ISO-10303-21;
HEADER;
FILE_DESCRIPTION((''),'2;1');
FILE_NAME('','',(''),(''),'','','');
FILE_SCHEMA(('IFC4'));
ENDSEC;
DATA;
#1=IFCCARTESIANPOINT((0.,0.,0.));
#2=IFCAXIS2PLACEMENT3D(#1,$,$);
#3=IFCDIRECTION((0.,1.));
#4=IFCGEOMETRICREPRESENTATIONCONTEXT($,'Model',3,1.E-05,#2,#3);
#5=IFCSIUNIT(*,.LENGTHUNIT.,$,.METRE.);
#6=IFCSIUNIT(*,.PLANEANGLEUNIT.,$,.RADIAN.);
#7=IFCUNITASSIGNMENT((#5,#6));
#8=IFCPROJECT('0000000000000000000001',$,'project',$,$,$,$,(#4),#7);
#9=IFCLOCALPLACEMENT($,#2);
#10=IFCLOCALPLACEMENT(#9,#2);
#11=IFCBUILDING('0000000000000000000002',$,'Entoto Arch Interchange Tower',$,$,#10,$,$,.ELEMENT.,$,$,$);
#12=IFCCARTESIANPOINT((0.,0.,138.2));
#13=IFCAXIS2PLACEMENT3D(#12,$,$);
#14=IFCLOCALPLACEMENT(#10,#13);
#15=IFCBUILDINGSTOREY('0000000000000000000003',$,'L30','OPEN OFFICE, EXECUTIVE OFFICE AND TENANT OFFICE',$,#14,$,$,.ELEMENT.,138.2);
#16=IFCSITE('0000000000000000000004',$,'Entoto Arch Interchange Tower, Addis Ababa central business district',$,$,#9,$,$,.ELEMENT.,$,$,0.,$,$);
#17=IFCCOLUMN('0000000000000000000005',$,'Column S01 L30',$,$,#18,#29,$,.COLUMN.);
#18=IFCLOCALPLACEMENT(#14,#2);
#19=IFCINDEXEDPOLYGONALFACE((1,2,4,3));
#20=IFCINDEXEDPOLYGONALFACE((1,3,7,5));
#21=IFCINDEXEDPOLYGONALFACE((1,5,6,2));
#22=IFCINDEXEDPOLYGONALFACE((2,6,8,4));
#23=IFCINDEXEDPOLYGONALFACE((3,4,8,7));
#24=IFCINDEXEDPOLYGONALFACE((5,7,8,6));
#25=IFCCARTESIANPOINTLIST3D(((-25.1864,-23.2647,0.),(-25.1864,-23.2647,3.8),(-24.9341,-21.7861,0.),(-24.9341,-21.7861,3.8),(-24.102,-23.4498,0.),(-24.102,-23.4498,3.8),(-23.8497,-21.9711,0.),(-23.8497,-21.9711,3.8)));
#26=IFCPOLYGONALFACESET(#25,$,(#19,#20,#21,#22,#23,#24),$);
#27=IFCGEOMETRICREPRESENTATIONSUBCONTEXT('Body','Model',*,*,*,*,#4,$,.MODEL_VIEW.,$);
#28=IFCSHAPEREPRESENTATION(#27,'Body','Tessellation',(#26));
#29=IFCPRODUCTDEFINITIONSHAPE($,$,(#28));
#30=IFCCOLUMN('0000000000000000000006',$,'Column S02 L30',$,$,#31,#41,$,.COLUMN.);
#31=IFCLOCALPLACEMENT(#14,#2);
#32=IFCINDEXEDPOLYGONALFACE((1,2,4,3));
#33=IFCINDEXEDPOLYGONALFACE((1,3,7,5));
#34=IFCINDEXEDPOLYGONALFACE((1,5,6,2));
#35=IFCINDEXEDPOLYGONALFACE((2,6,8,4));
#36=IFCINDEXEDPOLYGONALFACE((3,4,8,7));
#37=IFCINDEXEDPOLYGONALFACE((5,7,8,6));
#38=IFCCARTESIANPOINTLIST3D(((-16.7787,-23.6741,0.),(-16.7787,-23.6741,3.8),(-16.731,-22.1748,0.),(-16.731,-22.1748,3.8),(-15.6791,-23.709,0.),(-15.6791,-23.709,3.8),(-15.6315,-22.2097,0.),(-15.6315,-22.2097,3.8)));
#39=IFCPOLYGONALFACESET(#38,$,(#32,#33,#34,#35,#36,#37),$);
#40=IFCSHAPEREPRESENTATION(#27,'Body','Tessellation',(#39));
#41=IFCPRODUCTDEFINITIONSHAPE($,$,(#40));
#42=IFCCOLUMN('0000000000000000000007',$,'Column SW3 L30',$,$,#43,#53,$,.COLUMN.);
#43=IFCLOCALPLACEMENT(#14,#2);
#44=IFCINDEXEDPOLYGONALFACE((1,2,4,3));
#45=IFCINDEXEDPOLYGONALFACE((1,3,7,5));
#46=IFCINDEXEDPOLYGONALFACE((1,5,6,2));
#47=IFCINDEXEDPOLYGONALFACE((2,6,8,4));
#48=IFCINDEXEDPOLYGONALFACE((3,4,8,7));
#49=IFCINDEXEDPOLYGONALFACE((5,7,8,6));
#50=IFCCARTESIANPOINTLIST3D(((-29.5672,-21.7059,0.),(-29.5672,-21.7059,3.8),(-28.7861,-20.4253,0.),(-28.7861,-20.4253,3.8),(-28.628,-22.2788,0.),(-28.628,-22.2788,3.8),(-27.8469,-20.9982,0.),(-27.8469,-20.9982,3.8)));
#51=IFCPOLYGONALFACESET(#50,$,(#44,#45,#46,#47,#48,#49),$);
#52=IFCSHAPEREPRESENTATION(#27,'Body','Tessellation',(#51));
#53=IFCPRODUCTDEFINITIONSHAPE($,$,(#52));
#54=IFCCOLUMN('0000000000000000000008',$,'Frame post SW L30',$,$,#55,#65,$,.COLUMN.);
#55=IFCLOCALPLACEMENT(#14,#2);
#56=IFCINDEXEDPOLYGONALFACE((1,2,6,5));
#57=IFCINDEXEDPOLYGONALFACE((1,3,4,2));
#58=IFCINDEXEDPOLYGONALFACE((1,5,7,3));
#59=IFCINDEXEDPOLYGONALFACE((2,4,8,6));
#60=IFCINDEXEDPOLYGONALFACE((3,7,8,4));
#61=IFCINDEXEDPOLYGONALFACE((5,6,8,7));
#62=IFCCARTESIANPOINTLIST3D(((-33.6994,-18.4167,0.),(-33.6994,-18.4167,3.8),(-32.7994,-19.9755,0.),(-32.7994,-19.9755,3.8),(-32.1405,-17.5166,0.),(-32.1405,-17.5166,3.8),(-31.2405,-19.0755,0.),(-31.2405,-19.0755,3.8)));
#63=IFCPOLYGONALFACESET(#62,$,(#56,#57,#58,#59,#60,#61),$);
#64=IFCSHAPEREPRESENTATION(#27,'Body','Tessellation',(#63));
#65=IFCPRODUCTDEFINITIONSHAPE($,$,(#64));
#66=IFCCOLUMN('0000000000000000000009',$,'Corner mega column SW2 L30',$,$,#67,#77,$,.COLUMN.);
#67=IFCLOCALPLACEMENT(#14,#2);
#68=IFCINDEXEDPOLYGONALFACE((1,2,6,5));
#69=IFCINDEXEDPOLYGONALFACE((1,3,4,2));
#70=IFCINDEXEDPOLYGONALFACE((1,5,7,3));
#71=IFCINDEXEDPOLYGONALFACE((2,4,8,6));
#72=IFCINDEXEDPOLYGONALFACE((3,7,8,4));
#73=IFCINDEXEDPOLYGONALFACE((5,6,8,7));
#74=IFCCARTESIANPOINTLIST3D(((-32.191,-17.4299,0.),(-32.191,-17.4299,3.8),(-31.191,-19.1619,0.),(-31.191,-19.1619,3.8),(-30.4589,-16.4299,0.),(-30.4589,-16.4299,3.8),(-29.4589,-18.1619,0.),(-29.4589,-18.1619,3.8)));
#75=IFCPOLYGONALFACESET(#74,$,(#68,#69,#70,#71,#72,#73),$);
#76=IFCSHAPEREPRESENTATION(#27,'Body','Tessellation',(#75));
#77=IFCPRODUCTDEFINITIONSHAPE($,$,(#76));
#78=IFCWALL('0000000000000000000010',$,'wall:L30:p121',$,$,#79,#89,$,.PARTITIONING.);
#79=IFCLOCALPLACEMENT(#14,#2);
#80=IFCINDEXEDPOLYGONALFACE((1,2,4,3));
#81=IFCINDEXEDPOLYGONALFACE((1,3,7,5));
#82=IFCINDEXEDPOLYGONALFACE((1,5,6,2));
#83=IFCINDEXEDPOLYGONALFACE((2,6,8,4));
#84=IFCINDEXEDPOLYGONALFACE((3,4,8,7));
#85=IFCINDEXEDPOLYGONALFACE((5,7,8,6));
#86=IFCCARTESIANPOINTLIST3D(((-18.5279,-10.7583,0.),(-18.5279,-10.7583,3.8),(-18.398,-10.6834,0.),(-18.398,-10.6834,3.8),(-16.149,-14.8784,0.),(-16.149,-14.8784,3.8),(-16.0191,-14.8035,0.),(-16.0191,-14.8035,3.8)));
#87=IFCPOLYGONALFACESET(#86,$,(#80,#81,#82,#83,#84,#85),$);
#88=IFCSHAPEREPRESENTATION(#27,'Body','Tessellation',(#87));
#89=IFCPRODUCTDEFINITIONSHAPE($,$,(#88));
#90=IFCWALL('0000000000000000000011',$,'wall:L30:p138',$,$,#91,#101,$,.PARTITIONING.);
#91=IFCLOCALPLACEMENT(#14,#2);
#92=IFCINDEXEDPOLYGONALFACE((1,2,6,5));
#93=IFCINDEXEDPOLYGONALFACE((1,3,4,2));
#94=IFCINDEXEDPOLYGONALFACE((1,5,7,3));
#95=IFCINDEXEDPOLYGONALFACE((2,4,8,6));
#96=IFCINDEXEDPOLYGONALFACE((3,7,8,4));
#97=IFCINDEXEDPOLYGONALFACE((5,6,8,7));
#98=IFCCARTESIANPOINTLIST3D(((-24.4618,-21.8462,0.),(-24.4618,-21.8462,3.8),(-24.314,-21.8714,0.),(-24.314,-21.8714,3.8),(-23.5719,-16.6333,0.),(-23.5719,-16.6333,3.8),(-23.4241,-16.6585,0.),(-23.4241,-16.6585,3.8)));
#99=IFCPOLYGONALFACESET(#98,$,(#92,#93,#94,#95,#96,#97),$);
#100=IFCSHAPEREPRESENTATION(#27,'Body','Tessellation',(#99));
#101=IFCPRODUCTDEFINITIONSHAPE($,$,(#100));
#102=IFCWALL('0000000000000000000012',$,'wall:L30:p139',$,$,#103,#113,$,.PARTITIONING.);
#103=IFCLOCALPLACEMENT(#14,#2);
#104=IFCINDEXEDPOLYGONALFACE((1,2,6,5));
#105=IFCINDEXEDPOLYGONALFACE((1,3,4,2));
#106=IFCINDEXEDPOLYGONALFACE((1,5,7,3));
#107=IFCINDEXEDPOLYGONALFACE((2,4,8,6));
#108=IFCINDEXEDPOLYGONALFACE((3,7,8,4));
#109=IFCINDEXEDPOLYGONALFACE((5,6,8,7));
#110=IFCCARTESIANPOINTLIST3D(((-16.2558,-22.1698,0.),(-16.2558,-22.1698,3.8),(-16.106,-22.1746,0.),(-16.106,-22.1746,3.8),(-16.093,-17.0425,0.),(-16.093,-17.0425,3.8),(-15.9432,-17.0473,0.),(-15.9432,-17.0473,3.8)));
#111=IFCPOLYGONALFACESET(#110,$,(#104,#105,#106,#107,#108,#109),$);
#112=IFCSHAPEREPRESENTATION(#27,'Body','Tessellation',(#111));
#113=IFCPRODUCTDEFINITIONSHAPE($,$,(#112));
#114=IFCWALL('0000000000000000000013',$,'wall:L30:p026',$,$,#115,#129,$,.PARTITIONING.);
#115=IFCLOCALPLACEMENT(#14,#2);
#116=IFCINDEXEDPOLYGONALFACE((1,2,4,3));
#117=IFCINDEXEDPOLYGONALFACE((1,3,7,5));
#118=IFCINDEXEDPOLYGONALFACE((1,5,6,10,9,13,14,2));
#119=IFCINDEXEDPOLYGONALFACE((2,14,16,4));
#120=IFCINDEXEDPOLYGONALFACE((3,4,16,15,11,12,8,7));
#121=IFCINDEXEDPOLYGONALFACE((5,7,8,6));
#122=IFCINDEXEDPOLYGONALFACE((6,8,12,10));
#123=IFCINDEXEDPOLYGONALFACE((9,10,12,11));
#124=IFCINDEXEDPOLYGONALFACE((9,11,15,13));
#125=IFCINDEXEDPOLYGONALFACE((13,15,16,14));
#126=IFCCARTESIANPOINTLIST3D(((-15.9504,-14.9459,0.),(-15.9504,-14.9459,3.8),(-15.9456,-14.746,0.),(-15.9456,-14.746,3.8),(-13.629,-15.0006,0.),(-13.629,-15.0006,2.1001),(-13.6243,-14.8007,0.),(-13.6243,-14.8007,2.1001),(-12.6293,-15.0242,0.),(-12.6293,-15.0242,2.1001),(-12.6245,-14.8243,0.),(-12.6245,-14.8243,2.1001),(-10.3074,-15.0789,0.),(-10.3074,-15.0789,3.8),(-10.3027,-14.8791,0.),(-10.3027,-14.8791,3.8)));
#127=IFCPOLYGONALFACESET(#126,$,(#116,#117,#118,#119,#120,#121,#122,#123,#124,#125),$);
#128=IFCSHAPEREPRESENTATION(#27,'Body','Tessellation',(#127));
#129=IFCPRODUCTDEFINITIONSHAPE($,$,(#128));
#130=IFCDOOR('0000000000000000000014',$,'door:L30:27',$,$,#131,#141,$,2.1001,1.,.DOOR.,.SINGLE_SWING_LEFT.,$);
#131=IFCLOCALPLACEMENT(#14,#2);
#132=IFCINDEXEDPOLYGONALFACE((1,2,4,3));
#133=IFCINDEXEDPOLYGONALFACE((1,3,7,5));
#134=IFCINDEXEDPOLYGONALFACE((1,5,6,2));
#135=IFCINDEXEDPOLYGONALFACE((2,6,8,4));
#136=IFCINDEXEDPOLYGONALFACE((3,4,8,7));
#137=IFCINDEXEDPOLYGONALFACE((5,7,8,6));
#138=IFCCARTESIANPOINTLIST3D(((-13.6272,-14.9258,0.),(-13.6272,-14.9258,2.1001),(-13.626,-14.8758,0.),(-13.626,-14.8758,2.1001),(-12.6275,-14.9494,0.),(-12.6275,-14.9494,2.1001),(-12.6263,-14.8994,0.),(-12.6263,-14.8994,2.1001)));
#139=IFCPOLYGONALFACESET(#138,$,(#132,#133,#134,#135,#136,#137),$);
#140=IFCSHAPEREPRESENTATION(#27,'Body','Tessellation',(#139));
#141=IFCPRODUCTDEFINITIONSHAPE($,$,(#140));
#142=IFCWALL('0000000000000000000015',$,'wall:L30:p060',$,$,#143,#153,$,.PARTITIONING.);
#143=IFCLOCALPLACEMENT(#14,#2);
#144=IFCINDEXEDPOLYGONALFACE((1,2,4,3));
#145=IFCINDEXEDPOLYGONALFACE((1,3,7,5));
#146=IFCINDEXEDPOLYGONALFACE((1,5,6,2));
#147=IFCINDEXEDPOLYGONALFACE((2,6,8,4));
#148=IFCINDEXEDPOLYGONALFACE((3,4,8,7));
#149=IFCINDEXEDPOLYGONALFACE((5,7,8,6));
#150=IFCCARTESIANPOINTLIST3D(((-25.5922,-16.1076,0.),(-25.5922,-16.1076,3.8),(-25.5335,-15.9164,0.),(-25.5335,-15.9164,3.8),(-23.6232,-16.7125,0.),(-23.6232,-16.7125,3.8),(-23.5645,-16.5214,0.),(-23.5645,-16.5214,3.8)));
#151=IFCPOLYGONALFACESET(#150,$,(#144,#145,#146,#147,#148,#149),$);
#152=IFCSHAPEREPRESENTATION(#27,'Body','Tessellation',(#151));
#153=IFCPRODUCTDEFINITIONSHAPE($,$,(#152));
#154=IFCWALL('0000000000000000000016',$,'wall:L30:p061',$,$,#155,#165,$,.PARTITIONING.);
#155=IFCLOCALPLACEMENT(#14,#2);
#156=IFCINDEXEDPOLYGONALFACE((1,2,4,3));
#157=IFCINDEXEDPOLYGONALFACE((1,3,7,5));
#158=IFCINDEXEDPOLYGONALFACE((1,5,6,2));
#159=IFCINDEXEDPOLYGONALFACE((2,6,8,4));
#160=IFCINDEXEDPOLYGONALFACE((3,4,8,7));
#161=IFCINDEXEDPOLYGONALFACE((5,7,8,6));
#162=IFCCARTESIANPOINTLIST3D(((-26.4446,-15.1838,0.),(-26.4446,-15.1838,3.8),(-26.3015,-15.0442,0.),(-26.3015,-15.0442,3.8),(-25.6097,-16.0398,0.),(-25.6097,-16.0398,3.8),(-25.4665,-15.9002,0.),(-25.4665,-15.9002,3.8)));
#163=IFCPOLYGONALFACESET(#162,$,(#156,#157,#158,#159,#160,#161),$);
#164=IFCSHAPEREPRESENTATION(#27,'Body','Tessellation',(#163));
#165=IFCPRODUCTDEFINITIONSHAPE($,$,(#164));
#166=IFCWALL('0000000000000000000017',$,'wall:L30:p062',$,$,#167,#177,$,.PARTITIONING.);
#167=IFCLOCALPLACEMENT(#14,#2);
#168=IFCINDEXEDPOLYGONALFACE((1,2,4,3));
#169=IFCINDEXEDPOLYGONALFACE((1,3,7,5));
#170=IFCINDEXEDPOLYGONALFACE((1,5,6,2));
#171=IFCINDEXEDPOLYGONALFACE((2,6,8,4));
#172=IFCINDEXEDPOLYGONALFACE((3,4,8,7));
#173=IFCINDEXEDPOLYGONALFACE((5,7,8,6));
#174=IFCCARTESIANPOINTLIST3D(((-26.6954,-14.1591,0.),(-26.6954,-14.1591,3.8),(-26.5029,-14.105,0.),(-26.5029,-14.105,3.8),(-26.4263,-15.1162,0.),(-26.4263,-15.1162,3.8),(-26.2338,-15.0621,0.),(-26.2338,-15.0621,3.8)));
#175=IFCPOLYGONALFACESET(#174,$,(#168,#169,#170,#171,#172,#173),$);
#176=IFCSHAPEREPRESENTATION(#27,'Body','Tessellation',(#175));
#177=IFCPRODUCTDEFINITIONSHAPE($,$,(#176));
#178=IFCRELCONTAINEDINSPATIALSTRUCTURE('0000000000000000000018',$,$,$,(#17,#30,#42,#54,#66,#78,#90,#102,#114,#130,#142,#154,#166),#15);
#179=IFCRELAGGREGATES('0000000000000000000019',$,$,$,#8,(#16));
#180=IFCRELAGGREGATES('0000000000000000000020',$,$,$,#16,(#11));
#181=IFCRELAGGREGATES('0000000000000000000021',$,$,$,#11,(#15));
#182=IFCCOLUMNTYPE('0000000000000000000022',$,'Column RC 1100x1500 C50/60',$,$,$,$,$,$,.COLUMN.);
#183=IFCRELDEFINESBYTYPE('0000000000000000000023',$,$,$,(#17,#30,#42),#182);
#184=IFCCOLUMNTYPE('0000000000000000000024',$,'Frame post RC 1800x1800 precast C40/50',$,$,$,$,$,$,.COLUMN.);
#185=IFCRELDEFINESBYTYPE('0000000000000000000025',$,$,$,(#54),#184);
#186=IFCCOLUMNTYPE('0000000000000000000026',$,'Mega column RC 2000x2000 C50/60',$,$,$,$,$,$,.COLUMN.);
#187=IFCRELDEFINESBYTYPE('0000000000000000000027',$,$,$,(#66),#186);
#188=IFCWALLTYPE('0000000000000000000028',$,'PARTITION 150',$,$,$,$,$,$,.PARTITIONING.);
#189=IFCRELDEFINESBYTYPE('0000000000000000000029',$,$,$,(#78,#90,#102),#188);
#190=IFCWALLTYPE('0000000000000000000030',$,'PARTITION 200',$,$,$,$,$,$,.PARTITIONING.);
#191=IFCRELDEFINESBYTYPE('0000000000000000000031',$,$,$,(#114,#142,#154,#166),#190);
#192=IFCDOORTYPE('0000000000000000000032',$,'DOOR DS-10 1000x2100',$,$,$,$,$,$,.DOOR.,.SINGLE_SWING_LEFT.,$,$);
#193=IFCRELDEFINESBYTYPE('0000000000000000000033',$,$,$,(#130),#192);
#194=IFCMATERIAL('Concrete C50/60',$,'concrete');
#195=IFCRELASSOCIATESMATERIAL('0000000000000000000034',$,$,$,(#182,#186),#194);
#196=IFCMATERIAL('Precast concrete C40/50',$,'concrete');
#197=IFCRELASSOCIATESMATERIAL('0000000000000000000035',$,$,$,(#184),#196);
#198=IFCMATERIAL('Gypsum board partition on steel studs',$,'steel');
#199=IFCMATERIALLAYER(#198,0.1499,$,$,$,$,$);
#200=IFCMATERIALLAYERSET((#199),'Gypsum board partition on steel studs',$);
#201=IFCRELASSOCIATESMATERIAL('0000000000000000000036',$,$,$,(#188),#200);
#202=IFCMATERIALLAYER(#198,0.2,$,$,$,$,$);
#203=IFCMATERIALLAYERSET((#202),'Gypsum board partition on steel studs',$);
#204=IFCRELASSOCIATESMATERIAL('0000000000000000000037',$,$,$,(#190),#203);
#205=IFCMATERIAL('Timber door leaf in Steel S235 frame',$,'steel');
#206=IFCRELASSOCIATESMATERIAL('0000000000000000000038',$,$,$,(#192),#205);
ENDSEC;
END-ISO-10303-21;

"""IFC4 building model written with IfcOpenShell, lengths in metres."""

from ifc_helpers import new_model, si_unit, direction, frame, frame_2d, origin, origin_2d, place, context, subcontext, project, spatial, rectangle, extrude, material, layer, layer_set, material_profile, profile_set, type_object, element, fill, save


model = new_model("IFC4")

# Units and contexts
model_context = context("Model", 3, precision=1e-05, world=origin(), true_north=direction((0.0, 1.0)))
body_context = subcontext(model_context, "Body", "Model", "MODEL_VIEW")
ifc_project = project(units=[si_unit("LENGTHUNIT", "METRE"), si_unit("PLANEANGLEUNIT", "RADIAN")], contexts=[model_context])

# Site, building, storey
site_placement = place(None, origin())
site = spatial("IfcSite", under=ifc_project, at=site_placement, Name="Entoto Arch Interchange Tower, Addis Ababa central business district", CompositionType="ELEMENT", RefElevation=0.0)
building_placement = place(site_placement, origin())
building = spatial("IfcBuilding", under=site, at=building_placement, Name="Entoto Arch Interchange Tower", CompositionType="ELEMENT")
storey_placement = place(building_placement, frame((0.0, 0.0, 138.2)))
storey = spatial("IfcBuildingStorey", under=building, at=storey_placement, Name="L30", Description="OPEN OFFICE, EXECUTIVE OFFICE AND TENANT OFFICE", CompositionType="ELEMENT", Elevation=138.2)

# Columns
ifc_material_1 = material(Name="Concrete C50/60", Category="concrete")
ifc_material_profile_1 = material_profile(ifc_material_1, rectangle(XDim=1.1001, YDim=1.5, at=origin_2d()))
ifc_profile_set_1 = profile_set([ifc_material_profile_1], Name="Concrete C50/60")
column_type_1 = type_object("IfcColumnType", Name="Column RC 1100x1500 C50/60", PredefinedType="COLUMN", material=ifc_profile_set_1)
for number, where, z_axis, x_axis, name in (
    (1, (-24.5181, -22.6179, 0.0), (0.0, 0.0, 1.0), (-0.985753, 0.168197, 0.0), "Column S01 L30"),
    (2, (-16.2051, -22.9419, 0.0), (0.0, 0.0, 1.0), (-0.999496, 0.031742, 0.0), "Column S02 L30"),
    (3, (-28.707, -21.3521, 0.0), (0.0, 0.0, 1.0), (-0.853714, 0.520741, 0.0), "Column SW3 L30"),
):
    element("IfcColumn", number, at=place(storey_placement, frame(where, z_axis=z_axis, x_axis=x_axis)), inside=storey, type_object=column_type_1, Name=name, PredefinedType="COLUMN", context=body_context, shape_type="SweptSolid", body=[
        extrude(rectangle(XDim=1.1001, YDim=1.5, at=origin_2d()), origin(), (0.0, 0.0, 1.0), 3.8),
    ])
ifc_material_2 = material(Name="Precast concrete C40/50", Category="concrete")
ifc_material_profile_2 = material_profile(ifc_material_2, rectangle(XDim=1.8, YDim=1.8, at=origin_2d()))
ifc_profile_set_2 = profile_set([ifc_material_profile_2], Name="Precast concrete C40/50")
column_type_2 = type_object("IfcColumnType", Name="Frame post RC 1800x1800 precast C40/50", PredefinedType="COLUMN", material=ifc_profile_set_2)
column_1_placement = place(storey_placement, frame((-32.47, -18.7461, 0.0), z_axis=(0.0, 0.0, 1.0), x_axis=(0.866025, 0.5, 0.0)))
element("IfcColumn", 4, at=column_1_placement, inside=storey, type_object=column_type_2, Name="Frame post SW L30", PredefinedType="COLUMN", context=body_context, shape_type="SweptSolid", body=[
    extrude(rectangle(XDim=1.8, YDim=1.8, at=origin_2d()), origin(), (0.0, 0.0, 1.0), 3.8),
])
ifc_material_profile_3 = material_profile(ifc_material_1, rectangle(XDim=2.0, YDim=2.0, at=origin_2d()))
ifc_profile_set_3 = profile_set([ifc_material_profile_3], Name="Concrete C50/60")
column_type_3 = type_object("IfcColumnType", Name="Mega column RC 2000x2000 C50/60", PredefinedType="COLUMN", material=ifc_profile_set_3)
column_2_placement = place(storey_placement, frame((-30.825, -17.7959, 0.0), z_axis=(0.0, 0.0, 1.0), x_axis=(0.866025, 0.5, 0.0)))
element("IfcColumn", 5, at=column_2_placement, inside=storey, type_object=column_type_3, Name="Corner mega column SW2 L30", PredefinedType="COLUMN", context=body_context, shape_type="SweptSolid", body=[
    extrude(rectangle(XDim=2.0, YDim=2.0, at=origin_2d()), origin(), (0.0, 0.0, 1.0), 3.8),
])

# Walls
ifc_material_3 = material(Name="Gypsum board partition on steel studs", Category="steel")
ifc_layer_1 = layer(ifc_material_3, 0.1499)
ifc_layer_set_1 = layer_set([ifc_layer_1], Name="Gypsum board partition on steel studs")
wall_type_1 = type_object("IfcWallType", Name="PARTITION 150", PredefinedType="PARTITIONING", material=ifc_layer_set_1)
wall_1_placement = place(storey_placement, frame((-16.084, -14.8411, 0.0), z_axis=(0.0, 0.0, 1.0), x_axis=(-0.500025, 0.866011, 0.0)))
element("IfcWall", 6, at=wall_1_placement, inside=storey, type_object=wall_type_1, Name="wall:L30:p121", PredefinedType="PARTITIONING", context=body_context, shape_type="SweptSolid", body=[
    extrude(rectangle(XDim=4.7576, YDim=0.1499, at=frame_2d((2.3789, 0.0))), origin(), (0.0, 0.0, 1.0), 3.8),
])
wall_2_placement = place(storey_placement, frame((-23.498, -16.646, 0.0), z_axis=(0.0, 0.0, 1.0), x_axis=(-0.168276, -0.98574, 0.0)))
element("IfcWall", 7, at=wall_2_placement, inside=storey, type_object=wall_type_1, Name="wall:L30:p138", PredefinedType="PARTITIONING", context=body_context, shape_type="SweptSolid", body=[
    extrude(rectangle(XDim=5.2883, YDim=0.1499, at=frame_2d((2.644, 0.0))), origin(), (0.0, 0.0, 1.0), 3.8),
])
wall_3_placement = place(storey_placement, frame((-16.0181, -17.0449, 0.0), z_axis=(0.0, 0.0, 1.0), x_axis=(-0.031744, -0.999496, 0.0)))
element("IfcWall", 8, at=wall_3_placement, inside=storey, type_object=wall_type_1, Name="wall:L30:p139", PredefinedType="PARTITIONING", context=body_context, shape_type="SweptSolid", body=[
    extrude(rectangle(XDim=5.1299, YDim=0.1499, at=frame_2d((2.5649, 0.0))), origin(), (0.0, 0.0, 1.0), 3.8),
])

# Wall, opening, door
ifc_layer_2 = layer(ifc_material_3, 0.2)
ifc_layer_set_2 = layer_set([ifc_layer_2], Name="Gypsum board partition on steel studs")
wall_type_2 = type_object("IfcWallType", Name="PARTITION 200", PredefinedType="PARTITIONING", material=ifc_layer_set_2)
wall_4_placement = place(storey_placement, frame((-15.948, -14.8459, 0.0), z_axis=(0.0, 0.0, 1.0), x_axis=(0.999722, -0.023572, 0.0)))
wall_4 = element("IfcWall", 9, at=wall_4_placement, inside=storey, type_object=wall_type_2, Name="wall:L30:p026", PredefinedType="PARTITIONING", context=body_context, shape_type="SweptSolid", body=[
    extrude(rectangle(XDim=5.6445, YDim=0.2, at=frame_2d((2.8223, 0.0))), origin(), (0.0, 0.0, 1.0), 3.8),
])
opening_1_placement = place(wall_4_placement, frame((2.322, 0.0, 0.0)))
opening_1 = element("IfcOpeningElement", 10, at=opening_1_placement, cuts=wall_4, PredefinedType="OPENING", context=body_context, shape_type="SweptSolid", body=[
    extrude(rectangle(XDim=1.0, YDim=2.1001, at=frame_2d((0.5, 1.05))), frame((0.0, 0.1099, 0.0), z_axis=(0.0, -1.0, 0.0), x_axis=(1.0, 0.0, 0.0)), (0.0, 0.0, 1.0), 0.22),
])
ifc_material_4 = material(Name="Timber door leaf in Steel S235 frame", Category="steel")
door_type = type_object("IfcDoorType", Name="DOOR DS-10 1000x2100", OperationType="SINGLE_SWING_LEFT", PredefinedType="DOOR", material=ifc_material_4)
door_placement = place(opening_1_placement, origin())
door = element("IfcDoor", 11, at=door_placement, inside=storey, type_object=door_type, Name="door:L30:27", OperationType="SINGLE_SWING_LEFT", OverallHeight=2.1001, OverallWidth=1.0, PredefinedType="DOOR", context=body_context, shape_type="SweptSolid", body=[
    extrude(rectangle(XDim=1.0, YDim=2.1001, at=frame_2d((0.5, 1.05))), frame((0.0, 0.0249, 0.0), z_axis=(0.0, -1.0, 0.0), x_axis=(1.0, 0.0, 0.0)), (0.0, 0.0, 1.0), 0.05),
])
fill(opening_1, door)

# Walls
wall_5_placement = place(storey_placement, frame((-23.594, -16.6169, 0.0), z_axis=(0.0, 0.0, 1.0), x_axis=(-0.955897, 0.293703, 0.0)))
element("IfcWall", 12, at=wall_5_placement, inside=storey, type_object=wall_type_2, Name="wall:L30:p060", PredefinedType="PARTITIONING", context=body_context, shape_type="SweptSolid", body=[
    extrude(rectangle(XDim=2.0598, YDim=0.2, at=frame_2d((1.0298, 0.0))), origin(), (0.0, 0.0, 1.0), 3.8),
])
wall_6_placement = place(storey_placement, frame((-25.5381, -15.97, 0.0), z_axis=(0.0, 0.0, 1.0), x_axis=(-0.698273, 0.715832, 0.0)))
element("IfcWall", 13, at=wall_6_placement, inside=storey, type_object=wall_type_2, Name="wall:L30:p061", PredefinedType="PARTITIONING", context=body_context, shape_type="SweptSolid", body=[
    extrude(rectangle(XDim=1.1958, YDim=0.2, at=frame_2d((0.5979, 0.0))), origin(), (0.0, 0.0, 1.0), 3.8),
])
wall_7_placement = place(storey_placement, frame((-26.3301, -15.0891, 0.0), z_axis=(0.0, 0.0, 1.0), x_axis=(-0.270632, 0.962683, 0.0)))
element("IfcWall", 14, at=wall_7_placement, inside=storey, type_object=wall_type_2, Name="wall:L30:p062", PredefinedType="PARTITIONING", context=body_context, shape_type="SweptSolid", body=[
    extrude(rectangle(XDim=0.9941, YDim=0.2, at=frame_2d((0.4971, 0.0))), origin(), (0.0, 0.0, 1.0), 3.8),
])

save(model, "model.ifc")
